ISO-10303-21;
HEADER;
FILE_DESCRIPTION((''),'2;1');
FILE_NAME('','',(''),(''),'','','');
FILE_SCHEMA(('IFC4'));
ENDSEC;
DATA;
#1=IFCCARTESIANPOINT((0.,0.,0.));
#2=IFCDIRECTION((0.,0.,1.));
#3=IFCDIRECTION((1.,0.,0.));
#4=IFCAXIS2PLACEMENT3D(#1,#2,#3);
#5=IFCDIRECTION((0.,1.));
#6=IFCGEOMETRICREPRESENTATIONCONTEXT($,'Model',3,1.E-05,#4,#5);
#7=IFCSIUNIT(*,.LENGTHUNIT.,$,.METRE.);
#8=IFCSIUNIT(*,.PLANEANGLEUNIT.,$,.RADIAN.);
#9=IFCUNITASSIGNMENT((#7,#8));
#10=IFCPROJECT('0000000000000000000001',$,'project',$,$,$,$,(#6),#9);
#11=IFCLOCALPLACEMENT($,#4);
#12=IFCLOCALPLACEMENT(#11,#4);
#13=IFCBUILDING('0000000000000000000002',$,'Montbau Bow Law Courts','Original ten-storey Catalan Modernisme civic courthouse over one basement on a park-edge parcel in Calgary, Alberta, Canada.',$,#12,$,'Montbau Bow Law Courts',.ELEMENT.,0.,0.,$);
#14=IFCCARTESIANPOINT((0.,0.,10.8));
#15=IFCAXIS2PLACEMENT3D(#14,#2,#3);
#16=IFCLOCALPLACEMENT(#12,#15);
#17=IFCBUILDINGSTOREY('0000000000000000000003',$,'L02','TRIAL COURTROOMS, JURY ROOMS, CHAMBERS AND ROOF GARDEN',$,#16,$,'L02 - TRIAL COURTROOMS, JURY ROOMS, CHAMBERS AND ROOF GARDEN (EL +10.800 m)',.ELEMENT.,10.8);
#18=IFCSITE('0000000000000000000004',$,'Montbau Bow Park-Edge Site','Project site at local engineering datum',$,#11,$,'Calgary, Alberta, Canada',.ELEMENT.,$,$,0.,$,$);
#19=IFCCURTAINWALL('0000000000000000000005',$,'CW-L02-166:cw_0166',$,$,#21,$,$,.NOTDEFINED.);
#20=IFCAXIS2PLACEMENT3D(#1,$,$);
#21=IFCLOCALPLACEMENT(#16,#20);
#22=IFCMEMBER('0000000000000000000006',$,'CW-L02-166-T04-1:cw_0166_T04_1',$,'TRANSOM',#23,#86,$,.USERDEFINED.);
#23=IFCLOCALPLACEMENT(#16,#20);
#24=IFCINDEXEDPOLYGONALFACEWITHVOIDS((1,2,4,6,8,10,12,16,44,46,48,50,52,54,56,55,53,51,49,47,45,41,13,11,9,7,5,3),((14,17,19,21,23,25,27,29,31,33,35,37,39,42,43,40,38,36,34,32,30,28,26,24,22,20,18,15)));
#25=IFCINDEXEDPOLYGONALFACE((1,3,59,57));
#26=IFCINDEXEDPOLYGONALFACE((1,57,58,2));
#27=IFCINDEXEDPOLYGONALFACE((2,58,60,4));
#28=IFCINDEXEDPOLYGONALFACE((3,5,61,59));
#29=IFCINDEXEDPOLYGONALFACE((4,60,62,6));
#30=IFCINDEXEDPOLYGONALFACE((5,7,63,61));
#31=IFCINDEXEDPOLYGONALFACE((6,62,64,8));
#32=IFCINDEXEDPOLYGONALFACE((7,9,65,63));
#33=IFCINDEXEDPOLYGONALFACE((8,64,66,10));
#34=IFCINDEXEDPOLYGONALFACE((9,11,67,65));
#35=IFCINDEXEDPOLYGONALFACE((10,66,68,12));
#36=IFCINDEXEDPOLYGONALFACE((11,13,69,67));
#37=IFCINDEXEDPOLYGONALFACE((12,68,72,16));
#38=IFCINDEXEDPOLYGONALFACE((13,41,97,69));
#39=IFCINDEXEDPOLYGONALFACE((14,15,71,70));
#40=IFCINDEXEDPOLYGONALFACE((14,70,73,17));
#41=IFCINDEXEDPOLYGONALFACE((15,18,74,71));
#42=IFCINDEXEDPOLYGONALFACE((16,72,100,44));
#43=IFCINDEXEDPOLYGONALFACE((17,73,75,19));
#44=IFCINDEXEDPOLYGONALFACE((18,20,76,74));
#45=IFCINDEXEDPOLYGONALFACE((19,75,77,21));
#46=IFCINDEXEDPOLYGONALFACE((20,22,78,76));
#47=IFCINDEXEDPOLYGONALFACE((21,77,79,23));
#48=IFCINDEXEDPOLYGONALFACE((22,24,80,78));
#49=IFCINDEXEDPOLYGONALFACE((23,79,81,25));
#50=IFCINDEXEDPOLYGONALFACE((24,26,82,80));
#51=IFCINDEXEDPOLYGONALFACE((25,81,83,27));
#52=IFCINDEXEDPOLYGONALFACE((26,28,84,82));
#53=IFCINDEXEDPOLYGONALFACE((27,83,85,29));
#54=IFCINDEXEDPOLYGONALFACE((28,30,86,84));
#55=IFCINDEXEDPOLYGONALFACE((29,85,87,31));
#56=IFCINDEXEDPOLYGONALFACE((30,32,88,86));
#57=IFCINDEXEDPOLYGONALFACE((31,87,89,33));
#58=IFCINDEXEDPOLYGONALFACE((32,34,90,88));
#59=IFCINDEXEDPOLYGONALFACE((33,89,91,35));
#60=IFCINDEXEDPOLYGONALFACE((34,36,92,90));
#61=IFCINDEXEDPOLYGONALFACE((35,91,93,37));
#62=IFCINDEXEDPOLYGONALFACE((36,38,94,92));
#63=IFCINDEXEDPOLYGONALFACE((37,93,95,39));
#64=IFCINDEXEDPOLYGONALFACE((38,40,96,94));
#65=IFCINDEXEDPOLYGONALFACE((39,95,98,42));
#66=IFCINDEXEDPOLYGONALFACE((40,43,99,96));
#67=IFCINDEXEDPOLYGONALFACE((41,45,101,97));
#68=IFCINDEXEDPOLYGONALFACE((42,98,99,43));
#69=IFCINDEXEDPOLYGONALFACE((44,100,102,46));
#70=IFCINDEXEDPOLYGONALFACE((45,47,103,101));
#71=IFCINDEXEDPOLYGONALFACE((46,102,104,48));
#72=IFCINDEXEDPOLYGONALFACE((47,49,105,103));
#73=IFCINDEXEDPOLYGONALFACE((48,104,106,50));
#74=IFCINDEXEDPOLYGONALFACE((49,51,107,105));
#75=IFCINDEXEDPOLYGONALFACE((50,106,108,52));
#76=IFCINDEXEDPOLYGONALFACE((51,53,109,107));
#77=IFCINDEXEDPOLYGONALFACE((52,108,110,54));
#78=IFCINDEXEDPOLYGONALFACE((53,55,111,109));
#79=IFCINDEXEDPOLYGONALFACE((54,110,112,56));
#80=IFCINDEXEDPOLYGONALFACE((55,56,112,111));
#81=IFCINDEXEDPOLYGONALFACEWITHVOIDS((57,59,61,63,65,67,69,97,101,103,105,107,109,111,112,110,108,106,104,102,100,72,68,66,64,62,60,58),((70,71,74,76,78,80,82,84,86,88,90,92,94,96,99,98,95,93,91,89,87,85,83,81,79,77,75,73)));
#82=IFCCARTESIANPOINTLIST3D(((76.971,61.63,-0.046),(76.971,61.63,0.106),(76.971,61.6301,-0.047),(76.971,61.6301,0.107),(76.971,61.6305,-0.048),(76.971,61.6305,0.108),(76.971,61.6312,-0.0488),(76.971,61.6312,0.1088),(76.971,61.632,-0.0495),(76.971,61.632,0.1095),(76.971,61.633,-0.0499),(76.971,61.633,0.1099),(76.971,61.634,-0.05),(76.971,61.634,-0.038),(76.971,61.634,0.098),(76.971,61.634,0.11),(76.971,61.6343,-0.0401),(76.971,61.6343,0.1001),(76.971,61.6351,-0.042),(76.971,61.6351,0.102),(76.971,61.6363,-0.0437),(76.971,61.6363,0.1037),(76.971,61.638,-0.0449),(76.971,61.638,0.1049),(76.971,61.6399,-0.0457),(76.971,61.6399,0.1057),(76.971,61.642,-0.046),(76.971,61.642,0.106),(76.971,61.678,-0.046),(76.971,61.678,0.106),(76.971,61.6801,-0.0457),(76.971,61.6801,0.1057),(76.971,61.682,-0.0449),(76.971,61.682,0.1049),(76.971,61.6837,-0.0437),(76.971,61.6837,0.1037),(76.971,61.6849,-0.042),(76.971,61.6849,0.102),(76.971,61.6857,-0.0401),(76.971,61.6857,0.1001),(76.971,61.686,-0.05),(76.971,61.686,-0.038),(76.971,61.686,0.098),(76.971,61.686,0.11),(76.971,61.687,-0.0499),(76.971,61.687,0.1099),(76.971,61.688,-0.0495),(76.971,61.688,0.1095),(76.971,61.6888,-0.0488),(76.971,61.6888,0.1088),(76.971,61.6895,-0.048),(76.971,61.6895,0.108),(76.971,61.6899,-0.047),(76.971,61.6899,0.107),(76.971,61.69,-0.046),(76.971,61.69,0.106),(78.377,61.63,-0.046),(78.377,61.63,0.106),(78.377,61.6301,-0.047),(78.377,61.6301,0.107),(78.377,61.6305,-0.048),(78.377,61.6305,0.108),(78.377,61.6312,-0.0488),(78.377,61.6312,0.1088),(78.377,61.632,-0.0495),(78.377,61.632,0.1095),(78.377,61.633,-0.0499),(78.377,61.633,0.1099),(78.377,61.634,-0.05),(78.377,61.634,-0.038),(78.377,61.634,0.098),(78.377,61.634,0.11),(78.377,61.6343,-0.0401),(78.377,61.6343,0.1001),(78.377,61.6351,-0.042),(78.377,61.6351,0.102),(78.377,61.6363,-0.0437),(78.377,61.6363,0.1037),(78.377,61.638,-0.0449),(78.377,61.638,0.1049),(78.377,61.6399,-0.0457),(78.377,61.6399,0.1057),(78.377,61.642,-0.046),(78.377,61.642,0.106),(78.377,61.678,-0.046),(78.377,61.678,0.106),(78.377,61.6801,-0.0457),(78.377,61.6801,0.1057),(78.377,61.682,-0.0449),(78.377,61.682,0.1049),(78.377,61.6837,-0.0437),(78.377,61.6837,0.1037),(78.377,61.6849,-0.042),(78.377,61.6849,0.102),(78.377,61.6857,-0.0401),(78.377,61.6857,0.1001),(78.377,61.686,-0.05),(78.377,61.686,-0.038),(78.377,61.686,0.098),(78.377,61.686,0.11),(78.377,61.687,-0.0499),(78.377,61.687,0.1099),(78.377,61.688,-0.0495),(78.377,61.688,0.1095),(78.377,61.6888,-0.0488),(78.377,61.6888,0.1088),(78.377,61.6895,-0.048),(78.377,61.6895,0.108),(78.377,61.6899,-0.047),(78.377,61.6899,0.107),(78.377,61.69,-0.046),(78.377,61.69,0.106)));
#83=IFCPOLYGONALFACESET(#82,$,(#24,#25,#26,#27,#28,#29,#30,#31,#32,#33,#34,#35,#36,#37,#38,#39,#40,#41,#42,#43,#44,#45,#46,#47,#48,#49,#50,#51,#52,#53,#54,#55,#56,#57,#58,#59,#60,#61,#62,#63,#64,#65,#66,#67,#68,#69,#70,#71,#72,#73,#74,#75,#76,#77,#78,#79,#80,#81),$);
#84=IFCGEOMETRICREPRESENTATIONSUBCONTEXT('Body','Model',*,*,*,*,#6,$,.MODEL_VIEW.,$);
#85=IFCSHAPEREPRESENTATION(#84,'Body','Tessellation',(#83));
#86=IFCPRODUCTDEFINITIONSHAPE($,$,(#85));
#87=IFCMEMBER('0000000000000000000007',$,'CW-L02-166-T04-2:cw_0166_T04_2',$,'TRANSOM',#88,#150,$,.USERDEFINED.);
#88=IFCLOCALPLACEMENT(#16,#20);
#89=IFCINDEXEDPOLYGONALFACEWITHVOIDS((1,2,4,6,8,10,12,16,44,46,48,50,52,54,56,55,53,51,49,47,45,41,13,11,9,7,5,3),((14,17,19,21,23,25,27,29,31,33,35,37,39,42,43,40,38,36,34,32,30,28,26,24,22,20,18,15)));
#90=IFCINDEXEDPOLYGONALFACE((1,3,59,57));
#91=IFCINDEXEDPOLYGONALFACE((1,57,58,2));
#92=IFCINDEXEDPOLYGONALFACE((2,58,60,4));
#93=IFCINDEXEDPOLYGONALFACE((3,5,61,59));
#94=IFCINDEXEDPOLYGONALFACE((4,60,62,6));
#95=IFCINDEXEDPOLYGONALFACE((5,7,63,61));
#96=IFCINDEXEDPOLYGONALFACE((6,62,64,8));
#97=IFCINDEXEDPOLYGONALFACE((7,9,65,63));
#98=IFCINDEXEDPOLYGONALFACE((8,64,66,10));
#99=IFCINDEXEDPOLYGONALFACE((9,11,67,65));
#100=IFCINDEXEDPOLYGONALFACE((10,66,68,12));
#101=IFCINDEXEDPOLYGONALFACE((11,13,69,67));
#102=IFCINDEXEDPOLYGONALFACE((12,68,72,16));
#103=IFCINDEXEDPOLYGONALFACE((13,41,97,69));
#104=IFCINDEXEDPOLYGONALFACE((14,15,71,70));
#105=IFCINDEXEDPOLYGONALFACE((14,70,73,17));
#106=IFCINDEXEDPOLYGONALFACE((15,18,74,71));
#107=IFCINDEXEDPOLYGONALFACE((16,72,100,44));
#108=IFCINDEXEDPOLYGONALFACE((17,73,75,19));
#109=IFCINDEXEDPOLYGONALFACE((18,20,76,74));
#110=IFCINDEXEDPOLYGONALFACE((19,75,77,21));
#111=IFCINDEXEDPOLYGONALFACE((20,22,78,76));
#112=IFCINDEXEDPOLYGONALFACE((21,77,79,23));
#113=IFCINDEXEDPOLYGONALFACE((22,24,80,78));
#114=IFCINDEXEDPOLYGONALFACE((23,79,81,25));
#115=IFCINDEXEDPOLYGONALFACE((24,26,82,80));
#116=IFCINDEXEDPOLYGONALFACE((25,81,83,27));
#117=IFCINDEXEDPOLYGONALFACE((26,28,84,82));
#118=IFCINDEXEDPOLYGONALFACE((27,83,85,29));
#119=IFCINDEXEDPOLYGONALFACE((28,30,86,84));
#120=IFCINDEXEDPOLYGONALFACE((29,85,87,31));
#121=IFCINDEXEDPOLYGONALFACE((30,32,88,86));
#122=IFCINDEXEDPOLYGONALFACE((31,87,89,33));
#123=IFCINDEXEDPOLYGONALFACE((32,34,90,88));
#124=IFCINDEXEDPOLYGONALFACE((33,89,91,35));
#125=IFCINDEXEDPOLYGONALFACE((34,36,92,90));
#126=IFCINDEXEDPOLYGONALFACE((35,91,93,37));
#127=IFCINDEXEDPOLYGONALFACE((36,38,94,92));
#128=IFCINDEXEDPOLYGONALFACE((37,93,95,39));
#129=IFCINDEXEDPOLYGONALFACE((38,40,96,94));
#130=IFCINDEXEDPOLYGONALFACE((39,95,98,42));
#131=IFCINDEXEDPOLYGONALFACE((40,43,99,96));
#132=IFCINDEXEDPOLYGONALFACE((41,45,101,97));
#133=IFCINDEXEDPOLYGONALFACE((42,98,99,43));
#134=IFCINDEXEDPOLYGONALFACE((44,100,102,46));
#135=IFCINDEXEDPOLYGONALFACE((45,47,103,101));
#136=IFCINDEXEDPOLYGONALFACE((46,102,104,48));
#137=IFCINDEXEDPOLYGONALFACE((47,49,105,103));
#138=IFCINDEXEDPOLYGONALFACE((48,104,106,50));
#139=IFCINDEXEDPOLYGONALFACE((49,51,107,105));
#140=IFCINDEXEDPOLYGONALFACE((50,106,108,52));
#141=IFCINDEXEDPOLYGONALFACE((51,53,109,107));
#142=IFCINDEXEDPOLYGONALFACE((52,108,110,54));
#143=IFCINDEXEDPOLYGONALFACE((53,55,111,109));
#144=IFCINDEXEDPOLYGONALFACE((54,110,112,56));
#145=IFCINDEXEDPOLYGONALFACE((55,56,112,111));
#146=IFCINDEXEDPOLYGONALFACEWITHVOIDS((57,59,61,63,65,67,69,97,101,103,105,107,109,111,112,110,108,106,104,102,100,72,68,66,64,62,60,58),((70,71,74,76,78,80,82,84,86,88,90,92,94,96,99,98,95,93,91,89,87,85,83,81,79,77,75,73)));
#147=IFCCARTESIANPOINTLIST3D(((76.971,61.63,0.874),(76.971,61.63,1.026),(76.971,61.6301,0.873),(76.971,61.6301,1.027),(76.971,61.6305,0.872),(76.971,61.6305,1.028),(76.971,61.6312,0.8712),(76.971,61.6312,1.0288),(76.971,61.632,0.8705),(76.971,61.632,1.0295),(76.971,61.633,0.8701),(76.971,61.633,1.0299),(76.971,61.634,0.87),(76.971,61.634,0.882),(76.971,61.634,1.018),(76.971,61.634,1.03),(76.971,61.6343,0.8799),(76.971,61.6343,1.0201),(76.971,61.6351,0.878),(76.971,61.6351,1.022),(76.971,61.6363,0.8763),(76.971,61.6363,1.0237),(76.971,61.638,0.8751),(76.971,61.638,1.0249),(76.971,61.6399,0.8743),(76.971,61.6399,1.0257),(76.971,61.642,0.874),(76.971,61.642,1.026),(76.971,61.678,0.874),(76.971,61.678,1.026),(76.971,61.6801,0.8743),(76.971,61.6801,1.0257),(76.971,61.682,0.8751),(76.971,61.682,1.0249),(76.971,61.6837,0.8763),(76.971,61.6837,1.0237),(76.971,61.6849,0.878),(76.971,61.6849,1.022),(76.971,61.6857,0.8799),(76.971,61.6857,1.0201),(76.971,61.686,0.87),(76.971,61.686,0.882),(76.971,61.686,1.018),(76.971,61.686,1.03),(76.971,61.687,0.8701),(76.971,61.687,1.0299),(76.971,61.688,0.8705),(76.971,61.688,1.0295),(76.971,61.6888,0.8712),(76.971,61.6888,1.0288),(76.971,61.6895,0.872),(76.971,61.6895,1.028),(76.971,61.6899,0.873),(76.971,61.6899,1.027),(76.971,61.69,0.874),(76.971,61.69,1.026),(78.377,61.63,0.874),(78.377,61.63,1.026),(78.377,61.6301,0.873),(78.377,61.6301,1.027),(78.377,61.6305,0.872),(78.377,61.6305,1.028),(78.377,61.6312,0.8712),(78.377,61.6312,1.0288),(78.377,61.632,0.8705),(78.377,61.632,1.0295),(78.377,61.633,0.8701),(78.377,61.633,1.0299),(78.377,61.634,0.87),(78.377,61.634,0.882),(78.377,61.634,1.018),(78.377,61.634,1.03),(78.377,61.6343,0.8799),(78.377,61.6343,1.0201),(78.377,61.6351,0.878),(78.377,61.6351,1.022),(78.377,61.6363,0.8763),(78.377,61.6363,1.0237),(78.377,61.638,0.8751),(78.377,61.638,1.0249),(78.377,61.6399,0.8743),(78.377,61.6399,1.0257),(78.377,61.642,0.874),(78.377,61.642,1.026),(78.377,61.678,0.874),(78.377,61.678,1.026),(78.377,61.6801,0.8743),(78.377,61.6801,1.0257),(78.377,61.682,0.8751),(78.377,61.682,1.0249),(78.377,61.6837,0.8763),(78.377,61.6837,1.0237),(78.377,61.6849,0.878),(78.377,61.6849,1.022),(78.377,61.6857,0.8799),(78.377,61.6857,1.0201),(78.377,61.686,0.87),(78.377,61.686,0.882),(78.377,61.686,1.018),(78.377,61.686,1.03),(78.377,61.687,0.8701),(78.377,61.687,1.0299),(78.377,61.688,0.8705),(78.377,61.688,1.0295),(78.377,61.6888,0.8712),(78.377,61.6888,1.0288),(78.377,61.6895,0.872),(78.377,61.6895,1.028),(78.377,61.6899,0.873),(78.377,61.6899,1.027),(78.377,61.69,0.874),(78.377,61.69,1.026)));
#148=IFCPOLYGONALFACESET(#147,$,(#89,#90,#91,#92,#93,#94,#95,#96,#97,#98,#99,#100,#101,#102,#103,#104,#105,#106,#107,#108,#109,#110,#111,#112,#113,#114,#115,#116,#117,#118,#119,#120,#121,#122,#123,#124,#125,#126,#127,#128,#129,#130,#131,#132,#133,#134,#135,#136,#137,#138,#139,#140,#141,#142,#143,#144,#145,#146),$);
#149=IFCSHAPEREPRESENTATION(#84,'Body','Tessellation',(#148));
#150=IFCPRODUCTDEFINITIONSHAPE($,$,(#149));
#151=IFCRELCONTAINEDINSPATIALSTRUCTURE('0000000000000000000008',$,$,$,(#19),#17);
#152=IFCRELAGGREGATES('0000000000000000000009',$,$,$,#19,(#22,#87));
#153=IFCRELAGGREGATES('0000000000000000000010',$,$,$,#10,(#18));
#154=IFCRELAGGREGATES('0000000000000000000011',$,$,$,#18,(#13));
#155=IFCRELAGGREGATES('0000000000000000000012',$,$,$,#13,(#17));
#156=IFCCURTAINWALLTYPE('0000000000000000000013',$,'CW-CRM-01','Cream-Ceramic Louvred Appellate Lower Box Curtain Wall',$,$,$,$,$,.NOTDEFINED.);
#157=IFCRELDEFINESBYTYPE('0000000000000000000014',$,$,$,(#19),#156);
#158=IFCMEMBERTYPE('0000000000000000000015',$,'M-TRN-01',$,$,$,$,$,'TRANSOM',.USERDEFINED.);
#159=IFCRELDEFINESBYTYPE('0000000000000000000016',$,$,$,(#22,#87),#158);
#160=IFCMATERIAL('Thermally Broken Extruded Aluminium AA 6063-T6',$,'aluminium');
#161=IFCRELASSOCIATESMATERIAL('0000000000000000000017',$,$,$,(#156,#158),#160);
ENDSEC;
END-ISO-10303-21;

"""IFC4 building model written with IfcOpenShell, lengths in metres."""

from ifc_helpers import new_model, si_unit, direction, frame, origin_with_axes, origin_2d_with_axis, place, context, subcontext, project, spatial, hollow_rectangle, extrude, material, material_profile, profile_set, type_object, element, aggregate, save


model = new_model("IFC4")

# Units and contexts
model_context = context("Model", 3, precision=1e-05, world=origin_with_axes(), true_north=direction((0.0, 1.0)))
body_context = subcontext(model_context, "Body", "Model", "MODEL_VIEW")
ifc_project = project(units=[si_unit("LENGTHUNIT", "METRE"), si_unit("PLANEANGLEUNIT", "RADIAN")], contexts=[model_context])

# Site, building, storey
site_placement = place(None, origin_with_axes())
site = spatial("IfcSite", under=ifc_project, at=site_placement, Name="Montbau Bow Park-Edge Site", Description="Project site at local engineering datum", LongName="Calgary, Alberta, Canada", CompositionType="ELEMENT", RefElevation=0.0)
building_placement = place(site_placement, origin_with_axes())
building = spatial("IfcBuilding", under=site, at=building_placement, Name="Montbau Bow Law Courts", Description="Original ten-storey Catalan Modernisme civic courthouse over one basement on a park-edge parcel in Calgary, Alberta, Canada.", LongName="Montbau Bow Law Courts", CompositionType="ELEMENT", ElevationOfRefHeight=0.0, ElevationOfTerrain=0.0)
storey_placement = place(building_placement, frame((0.0, 0.0, 10.8), z_axis=(0.0, 0.0, 1.0), x_axis=(1.0, 0.0, 0.0)))
storey = spatial("IfcBuildingStorey", under=building, at=storey_placement, Name="L02", Description="TRIAL COURTROOMS, JURY ROOMS, CHAMBERS AND ROOF GARDEN", LongName="L02 - TRIAL COURTROOMS, JURY ROOMS, CHAMBERS AND ROOF GARDEN (EL +10.800 m)", CompositionType="ELEMENT", Elevation=10.8)

# Curtain wall, members
ifc_material_1 = material(Name="Thermally Broken Extruded Aluminium AA 6063-T6", Category="aluminium")
curtain_wall_type = type_object("IfcCurtainWallType", Name="CW-CRM-01", Description="Cream-Ceramic Louvred Appellate Lower Box Curtain Wall", PredefinedType="NOTDEFINED", material=ifc_material_1)
curtain_wall_placement = place(None, frame((72.515, 61.66, 10.8), z_axis=(0.0, 0.0, 1.0), x_axis=(1.0, 0.0, 0.0)))
curtain_wall = element("IfcCurtainWall", 1, at=curtain_wall_placement, inside=storey, type_object=curtain_wall_type, Name="CW-L02-166:cw_0166", PredefinedType="NOTDEFINED")
ifc_material_profile_1 = material_profile(ifc_material_1, hollow_rectangle(XDim=0.06, YDim=0.16, WallThickness=0.004, InnerFilletRadius=0.008, OuterFilletRadius=0.004, at=origin_2d_with_axis()), Name="CWT-160X60", Category="Main", Priority=0)
ifc_profile_set_1 = profile_set([ifc_material_profile_1], Name="Thermally Broken Extruded Aluminium AA 6063-T6")
member_type_1 = type_object("IfcMemberType", Name="M-TRN-01", ElementType="TRANSOM", PredefinedType="USERDEFINED", material=ifc_profile_set_1)
member_1_placement = place(None, frame((76.971, 61.66, 10.83), z_axis=(1.0, 0.0, 0.0), x_axis=(0.0, 1.0, 0.0)))
member_1 = element("IfcMember", 2, at=member_1_placement, type_object=member_type_1, Name="CW-L02-166-T04-1:cw_0166_T04_1", ObjectType="TRANSOM", PredefinedType="USERDEFINED", context=body_context, shape_type="SweptSolid", body=[
    extrude(hollow_rectangle(XDim=0.06, YDim=0.16, WallThickness=0.004, InnerFilletRadius=0.008, OuterFilletRadius=0.004, at=origin_2d_with_axis()), origin_with_axes(), (0.0, 0.0, 1.0), 1.406),
])
member_2_placement = place(None, frame((76.971, 61.66, 11.75), z_axis=(1.0, 0.0, 0.0), x_axis=(0.0, 1.0, 0.0)))
member_2 = element("IfcMember", 3, at=member_2_placement, type_object=member_type_1, Name="CW-L02-166-T04-2:cw_0166_T04_2", ObjectType="TRANSOM", PredefinedType="USERDEFINED", context=body_context, shape_type="SweptSolid", body=[
    extrude(hollow_rectangle(XDim=0.06, YDim=0.16, WallThickness=0.004, InnerFilletRadius=0.008, OuterFilletRadius=0.004, at=origin_2d_with_axis()), origin_with_axes(), (0.0, 0.0, 1.0), 1.406),
])
aggregate(curtain_wall, [member_1, member_2])

save(model, "model.ifc")
